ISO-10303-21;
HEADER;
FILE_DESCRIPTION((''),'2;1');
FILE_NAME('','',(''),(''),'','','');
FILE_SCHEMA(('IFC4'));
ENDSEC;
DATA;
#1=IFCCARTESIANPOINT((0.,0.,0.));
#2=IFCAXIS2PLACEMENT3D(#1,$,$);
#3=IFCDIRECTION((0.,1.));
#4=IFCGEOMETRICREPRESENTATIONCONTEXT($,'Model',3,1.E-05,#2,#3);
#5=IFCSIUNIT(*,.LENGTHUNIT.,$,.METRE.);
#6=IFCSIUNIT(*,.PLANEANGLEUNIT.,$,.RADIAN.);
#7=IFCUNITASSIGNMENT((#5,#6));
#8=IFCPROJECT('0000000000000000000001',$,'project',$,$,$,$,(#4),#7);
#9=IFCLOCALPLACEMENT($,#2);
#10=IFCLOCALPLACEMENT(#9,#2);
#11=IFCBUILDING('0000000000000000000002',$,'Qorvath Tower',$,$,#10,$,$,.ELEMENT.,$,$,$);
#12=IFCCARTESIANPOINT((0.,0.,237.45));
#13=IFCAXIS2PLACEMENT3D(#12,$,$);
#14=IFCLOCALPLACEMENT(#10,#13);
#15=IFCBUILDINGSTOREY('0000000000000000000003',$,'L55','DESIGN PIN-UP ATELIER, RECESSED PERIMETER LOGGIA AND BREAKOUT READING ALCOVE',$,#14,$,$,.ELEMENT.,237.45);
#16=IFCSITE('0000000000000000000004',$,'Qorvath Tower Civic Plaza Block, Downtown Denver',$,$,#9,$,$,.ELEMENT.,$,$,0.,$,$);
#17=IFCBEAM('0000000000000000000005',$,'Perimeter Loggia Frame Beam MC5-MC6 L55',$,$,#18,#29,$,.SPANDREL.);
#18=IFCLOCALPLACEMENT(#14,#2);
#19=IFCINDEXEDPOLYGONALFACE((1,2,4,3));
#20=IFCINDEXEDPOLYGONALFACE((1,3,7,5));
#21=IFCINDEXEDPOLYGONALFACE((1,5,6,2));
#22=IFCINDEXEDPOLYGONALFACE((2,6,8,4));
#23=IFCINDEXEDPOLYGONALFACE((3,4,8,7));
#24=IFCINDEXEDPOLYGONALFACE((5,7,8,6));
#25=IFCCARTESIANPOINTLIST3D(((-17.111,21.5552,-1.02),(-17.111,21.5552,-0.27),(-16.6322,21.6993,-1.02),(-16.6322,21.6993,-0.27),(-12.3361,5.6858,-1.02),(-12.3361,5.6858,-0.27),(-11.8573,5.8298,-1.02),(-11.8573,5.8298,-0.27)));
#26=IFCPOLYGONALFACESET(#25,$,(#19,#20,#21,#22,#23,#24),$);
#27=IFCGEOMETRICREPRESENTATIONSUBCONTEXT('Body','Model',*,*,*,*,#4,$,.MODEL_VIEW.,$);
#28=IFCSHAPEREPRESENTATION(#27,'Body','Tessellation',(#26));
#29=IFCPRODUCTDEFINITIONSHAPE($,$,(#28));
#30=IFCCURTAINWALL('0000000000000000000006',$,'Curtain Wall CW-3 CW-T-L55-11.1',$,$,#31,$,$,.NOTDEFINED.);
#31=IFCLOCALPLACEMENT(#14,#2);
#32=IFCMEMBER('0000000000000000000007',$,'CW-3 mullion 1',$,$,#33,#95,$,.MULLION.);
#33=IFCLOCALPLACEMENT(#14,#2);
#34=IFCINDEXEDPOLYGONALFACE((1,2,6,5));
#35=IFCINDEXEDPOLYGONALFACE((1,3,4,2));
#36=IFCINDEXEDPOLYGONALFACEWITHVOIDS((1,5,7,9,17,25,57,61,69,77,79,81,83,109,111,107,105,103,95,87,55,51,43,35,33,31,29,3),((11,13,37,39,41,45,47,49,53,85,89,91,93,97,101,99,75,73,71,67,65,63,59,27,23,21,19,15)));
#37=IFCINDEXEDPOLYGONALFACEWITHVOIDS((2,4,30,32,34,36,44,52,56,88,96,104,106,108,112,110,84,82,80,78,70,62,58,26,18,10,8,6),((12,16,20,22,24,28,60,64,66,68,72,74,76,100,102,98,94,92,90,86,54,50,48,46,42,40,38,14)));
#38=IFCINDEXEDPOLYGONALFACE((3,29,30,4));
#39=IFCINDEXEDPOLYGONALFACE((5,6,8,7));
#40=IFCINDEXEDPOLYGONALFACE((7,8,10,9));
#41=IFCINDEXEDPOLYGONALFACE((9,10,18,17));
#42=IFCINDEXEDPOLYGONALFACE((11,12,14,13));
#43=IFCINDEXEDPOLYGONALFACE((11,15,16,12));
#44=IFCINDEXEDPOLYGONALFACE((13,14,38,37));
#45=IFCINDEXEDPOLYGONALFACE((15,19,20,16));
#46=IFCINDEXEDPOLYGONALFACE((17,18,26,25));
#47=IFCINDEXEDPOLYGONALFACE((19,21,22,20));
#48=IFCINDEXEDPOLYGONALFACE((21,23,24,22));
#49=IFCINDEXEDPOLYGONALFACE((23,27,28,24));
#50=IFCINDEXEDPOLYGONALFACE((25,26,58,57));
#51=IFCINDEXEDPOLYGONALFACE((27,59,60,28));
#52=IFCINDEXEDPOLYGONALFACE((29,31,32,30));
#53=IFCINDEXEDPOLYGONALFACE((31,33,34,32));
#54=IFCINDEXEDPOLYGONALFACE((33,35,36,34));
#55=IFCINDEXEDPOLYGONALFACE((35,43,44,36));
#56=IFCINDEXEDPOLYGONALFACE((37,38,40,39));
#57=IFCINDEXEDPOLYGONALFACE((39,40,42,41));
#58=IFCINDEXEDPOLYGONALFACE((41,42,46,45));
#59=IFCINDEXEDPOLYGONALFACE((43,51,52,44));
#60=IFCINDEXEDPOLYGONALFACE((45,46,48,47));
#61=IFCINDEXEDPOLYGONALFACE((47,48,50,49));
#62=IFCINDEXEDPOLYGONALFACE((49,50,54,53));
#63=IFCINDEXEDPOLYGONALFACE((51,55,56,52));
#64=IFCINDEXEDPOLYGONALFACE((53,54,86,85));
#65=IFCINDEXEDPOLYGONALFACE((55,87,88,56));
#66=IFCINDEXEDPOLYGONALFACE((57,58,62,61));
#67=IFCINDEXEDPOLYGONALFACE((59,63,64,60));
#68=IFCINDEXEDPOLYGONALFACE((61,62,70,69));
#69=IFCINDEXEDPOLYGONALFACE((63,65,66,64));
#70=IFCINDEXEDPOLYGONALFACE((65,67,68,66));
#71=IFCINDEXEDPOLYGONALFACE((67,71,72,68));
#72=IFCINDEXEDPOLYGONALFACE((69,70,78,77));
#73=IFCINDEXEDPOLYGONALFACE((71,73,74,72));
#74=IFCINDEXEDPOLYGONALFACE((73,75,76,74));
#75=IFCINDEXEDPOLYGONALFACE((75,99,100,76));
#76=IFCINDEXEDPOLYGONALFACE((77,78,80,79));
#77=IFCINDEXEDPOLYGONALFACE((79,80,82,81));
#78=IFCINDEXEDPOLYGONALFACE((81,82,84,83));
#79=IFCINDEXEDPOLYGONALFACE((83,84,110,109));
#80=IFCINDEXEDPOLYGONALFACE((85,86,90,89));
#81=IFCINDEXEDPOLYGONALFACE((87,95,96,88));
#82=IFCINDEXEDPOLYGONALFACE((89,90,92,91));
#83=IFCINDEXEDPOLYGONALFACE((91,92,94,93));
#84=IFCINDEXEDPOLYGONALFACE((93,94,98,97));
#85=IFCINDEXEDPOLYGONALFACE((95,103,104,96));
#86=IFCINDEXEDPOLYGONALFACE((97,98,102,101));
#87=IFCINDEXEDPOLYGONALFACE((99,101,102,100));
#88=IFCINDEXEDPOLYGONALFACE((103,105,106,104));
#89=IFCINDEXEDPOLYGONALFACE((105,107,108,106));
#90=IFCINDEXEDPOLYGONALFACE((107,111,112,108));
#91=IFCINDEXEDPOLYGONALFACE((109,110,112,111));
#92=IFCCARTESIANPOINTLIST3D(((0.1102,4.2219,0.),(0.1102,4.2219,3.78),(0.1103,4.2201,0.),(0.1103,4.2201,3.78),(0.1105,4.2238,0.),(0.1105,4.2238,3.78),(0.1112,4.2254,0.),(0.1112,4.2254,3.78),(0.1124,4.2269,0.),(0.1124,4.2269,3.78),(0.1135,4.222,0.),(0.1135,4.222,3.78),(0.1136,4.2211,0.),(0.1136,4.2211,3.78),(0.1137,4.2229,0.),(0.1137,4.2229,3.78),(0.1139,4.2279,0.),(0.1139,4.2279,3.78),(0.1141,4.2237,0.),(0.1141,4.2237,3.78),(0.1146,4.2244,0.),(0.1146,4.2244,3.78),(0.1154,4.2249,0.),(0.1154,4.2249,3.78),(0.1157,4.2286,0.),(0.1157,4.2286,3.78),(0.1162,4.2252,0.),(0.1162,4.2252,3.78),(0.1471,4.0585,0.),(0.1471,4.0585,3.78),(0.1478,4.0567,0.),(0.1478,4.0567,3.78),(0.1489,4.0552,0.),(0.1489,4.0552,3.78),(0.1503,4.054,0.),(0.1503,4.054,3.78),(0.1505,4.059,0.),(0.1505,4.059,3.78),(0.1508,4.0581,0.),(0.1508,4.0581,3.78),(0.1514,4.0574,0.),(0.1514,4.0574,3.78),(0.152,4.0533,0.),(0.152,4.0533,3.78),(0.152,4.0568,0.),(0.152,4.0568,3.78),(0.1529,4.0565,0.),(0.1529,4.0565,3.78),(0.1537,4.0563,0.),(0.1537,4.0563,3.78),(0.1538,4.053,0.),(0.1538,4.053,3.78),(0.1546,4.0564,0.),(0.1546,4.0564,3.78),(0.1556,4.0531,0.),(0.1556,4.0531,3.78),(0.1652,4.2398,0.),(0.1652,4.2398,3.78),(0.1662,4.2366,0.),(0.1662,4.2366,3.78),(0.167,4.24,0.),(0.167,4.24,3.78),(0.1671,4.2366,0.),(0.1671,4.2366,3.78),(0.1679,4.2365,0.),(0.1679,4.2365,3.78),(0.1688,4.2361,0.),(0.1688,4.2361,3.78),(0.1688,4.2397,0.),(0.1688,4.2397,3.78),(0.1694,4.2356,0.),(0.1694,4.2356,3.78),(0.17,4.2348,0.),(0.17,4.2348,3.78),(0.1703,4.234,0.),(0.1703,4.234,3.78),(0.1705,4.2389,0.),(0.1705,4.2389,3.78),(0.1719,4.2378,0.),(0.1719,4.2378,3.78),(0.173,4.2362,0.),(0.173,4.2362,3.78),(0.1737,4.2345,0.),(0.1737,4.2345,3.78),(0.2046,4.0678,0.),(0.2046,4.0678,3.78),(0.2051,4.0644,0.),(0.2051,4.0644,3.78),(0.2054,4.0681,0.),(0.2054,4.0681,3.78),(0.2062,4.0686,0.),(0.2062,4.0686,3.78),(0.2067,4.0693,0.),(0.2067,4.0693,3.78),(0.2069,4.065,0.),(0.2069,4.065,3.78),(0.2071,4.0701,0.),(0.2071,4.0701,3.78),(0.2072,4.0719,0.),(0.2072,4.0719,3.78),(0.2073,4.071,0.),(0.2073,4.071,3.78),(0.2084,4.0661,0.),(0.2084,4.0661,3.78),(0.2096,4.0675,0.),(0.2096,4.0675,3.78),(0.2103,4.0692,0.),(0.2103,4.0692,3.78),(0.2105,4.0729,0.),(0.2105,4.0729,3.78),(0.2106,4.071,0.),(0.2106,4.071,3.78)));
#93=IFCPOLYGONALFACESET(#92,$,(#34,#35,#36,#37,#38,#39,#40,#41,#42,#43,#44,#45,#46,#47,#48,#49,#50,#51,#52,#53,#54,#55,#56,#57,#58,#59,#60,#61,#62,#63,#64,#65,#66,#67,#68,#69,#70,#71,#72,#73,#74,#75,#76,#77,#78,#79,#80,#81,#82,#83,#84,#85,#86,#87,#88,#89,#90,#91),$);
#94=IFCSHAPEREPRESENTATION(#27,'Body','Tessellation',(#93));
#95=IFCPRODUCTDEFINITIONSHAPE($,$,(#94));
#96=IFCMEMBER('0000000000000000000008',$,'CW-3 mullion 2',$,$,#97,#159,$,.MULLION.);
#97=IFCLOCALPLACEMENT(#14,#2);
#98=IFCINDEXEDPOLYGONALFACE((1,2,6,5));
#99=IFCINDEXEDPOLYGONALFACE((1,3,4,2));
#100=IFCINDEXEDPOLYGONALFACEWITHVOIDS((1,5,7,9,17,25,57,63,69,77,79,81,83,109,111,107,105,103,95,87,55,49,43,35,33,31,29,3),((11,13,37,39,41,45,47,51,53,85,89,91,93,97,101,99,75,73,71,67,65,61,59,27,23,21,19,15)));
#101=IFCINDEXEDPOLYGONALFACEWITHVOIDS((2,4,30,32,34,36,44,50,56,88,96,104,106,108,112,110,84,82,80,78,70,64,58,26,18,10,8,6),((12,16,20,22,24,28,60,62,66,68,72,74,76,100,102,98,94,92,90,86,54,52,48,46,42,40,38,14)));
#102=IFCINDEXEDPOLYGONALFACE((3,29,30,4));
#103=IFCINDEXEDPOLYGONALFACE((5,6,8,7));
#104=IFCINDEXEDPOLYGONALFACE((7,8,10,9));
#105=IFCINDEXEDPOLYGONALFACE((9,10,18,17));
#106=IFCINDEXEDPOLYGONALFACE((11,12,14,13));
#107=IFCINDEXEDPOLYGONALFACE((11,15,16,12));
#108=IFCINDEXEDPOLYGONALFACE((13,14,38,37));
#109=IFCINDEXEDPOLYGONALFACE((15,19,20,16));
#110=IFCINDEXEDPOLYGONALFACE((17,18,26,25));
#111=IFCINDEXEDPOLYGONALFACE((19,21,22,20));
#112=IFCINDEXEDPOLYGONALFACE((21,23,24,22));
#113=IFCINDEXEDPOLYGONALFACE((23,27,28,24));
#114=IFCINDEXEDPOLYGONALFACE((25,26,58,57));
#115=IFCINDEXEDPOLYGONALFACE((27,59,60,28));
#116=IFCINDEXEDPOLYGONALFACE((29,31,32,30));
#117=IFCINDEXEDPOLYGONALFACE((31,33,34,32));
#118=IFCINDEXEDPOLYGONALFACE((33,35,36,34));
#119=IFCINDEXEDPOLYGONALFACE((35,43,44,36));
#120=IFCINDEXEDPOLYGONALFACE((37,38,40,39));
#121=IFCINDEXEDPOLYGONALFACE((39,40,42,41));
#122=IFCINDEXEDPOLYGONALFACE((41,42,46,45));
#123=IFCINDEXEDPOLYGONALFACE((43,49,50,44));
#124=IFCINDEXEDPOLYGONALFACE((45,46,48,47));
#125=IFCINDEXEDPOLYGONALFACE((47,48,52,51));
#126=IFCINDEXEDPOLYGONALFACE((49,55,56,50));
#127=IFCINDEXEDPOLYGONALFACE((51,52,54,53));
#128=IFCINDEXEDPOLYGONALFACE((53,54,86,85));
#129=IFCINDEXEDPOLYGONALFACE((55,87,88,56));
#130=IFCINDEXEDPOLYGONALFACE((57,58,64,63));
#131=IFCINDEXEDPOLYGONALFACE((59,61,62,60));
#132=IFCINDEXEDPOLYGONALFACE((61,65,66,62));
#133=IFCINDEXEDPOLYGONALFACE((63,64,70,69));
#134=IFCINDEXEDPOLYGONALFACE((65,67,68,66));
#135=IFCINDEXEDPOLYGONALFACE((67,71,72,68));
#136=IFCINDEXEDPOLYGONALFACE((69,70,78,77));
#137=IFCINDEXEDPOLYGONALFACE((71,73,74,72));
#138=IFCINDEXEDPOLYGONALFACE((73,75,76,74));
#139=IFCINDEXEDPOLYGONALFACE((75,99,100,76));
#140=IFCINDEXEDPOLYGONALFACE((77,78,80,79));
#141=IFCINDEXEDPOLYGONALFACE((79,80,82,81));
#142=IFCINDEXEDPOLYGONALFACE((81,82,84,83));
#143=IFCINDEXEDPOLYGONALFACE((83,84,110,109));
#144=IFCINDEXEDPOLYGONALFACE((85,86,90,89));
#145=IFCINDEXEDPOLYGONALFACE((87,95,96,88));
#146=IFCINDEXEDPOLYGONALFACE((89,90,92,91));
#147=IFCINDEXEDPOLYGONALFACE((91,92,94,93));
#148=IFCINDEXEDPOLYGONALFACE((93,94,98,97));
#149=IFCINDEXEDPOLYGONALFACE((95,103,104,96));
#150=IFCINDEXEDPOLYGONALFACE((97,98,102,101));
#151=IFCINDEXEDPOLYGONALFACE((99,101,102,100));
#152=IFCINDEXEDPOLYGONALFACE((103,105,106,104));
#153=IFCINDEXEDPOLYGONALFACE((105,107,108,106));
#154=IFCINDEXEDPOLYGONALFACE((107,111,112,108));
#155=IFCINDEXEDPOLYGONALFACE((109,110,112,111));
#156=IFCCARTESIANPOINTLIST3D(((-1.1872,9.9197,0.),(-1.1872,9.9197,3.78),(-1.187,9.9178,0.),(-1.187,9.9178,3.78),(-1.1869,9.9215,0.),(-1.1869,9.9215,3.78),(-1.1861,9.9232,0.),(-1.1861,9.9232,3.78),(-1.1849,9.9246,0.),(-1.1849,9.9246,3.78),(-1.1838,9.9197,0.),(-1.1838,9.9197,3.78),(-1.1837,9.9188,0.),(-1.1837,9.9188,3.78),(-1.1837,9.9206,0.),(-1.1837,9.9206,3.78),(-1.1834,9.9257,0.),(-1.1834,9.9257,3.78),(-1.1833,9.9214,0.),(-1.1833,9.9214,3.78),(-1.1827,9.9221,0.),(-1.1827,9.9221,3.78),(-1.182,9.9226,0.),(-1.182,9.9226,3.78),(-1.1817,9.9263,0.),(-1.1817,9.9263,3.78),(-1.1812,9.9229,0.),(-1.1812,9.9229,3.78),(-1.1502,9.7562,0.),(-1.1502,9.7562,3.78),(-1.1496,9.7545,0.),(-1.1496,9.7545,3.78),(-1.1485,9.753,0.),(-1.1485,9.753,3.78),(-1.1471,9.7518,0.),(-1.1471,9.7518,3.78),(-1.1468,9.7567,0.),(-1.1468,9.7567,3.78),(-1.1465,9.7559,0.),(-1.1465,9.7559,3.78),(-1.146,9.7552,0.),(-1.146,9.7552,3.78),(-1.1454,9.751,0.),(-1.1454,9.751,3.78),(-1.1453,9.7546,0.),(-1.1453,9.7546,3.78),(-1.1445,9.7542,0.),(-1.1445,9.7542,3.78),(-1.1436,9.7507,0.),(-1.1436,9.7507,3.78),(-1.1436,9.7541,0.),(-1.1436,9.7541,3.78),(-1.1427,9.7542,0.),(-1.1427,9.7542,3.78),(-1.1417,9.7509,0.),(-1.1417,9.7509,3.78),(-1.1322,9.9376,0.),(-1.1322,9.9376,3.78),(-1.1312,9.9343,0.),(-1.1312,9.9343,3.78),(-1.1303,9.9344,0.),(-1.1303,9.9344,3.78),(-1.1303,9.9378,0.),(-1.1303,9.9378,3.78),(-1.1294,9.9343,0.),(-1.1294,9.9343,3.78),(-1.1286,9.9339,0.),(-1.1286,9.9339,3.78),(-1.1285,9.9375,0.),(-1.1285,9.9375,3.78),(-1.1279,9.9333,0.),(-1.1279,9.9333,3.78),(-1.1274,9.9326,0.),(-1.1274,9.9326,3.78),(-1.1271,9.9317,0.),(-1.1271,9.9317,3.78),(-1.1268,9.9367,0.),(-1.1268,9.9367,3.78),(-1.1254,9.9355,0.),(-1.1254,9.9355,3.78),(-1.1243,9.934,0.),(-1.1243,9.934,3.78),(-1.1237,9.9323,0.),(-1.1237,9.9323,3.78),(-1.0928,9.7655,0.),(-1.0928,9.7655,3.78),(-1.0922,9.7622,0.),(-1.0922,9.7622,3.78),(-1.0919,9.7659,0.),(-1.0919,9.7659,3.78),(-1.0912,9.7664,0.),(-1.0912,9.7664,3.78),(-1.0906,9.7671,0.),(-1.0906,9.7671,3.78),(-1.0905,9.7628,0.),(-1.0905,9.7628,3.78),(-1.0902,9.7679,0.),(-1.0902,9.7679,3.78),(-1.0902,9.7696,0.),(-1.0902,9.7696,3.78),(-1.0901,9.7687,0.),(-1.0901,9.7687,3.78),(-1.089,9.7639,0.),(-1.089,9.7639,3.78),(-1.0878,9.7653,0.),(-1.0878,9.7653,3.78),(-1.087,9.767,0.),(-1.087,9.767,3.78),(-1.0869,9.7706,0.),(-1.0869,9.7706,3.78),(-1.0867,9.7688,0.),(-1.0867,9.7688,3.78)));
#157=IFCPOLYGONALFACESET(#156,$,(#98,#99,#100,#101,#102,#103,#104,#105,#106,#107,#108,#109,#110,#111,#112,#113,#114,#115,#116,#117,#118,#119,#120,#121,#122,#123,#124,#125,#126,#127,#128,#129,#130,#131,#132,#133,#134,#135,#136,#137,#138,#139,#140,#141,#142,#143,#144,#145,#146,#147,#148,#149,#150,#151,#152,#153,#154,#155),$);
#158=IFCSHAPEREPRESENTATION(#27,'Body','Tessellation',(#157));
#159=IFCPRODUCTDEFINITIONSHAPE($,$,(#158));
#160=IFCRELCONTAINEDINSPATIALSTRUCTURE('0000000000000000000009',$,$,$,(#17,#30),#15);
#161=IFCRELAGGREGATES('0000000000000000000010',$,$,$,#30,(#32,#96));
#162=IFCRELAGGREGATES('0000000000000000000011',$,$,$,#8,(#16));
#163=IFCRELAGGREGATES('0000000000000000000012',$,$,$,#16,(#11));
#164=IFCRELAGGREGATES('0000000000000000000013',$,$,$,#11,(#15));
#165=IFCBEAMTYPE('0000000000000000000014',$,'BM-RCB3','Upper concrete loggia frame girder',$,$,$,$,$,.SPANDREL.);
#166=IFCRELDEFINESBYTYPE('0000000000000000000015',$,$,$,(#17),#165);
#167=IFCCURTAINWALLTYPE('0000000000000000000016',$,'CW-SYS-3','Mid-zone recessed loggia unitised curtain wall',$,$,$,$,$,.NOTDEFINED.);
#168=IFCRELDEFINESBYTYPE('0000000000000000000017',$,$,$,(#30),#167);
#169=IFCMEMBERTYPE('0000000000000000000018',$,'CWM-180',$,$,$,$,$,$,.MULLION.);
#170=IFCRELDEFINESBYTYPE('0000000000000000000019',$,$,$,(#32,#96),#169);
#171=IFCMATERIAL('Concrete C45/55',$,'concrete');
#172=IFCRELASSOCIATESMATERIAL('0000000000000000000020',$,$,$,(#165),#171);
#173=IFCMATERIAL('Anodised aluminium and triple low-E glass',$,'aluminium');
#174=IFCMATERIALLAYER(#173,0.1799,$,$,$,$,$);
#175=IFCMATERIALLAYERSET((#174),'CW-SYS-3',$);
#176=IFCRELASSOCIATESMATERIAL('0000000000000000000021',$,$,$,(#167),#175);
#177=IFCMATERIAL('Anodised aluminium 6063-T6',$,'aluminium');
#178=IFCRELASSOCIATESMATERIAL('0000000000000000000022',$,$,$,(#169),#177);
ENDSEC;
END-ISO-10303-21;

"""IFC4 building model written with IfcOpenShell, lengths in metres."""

from ifc_helpers import new_model, si_unit, direction, frame, origin, origin_2d, place, context, subcontext, project, spatial, rectangle, hollow_rectangle, extrude, material, layer, layer_set, material_profile, profile_set, type_object, element, aggregate, save


model = new_model("IFC4")

# Units and contexts
model_context = context("Model", 3, precision=1e-05, world=origin(), true_north=direction((0.0, 1.0)))
body_context = subcontext(model_context, "Body", "Model", "MODEL_VIEW")
ifc_project = project(units=[si_unit("LENGTHUNIT", "METRE"), si_unit("PLANEANGLEUNIT", "RADIAN")], contexts=[model_context])

# Site, building, storey
site_placement = place(None, origin())
site = spatial("IfcSite", under=ifc_project, at=site_placement, Name="Qorvath Tower Civic Plaza Block, Downtown Denver", CompositionType="ELEMENT", RefElevation=0.0)
building_placement = place(site_placement, origin())
building = spatial("IfcBuilding", under=site, at=building_placement, Name="Qorvath Tower", CompositionType="ELEMENT")
storey_placement = place(building_placement, frame((0.0, 0.0, 237.45)))
storey = spatial("IfcBuildingStorey", under=building, at=storey_placement, Name="L55", Description="DESIGN PIN-UP ATELIER, RECESSED PERIMETER LOGGIA AND BREAKOUT READING ALCOVE", CompositionType="ELEMENT", Elevation=237.45)

# Beam
ifc_material_1 = material(Name="Concrete C45/55", Category="concrete")
ifc_material_profile_1 = material_profile(ifc_material_1, rectangle(XDim=0.5, YDim=0.75, at=origin_2d()), Name="RCB 750x500")
ifc_profile_set_1 = profile_set([ifc_material_profile_1], Name="Concrete C45/55")
beam_type_1 = type_object("IfcBeamType", Name="BM-RCB3", Description="Upper concrete loggia frame girder", PredefinedType="SPANDREL", material=ifc_profile_set_1)
beam_1_placement = place(storey_placement, frame((-12.0967, 5.7578, -0.645), z_axis=(-0.288128, 0.957592, 0.0), x_axis=(-0.957592, -0.288128, 0.0)))
element("IfcBeam", 1, at=beam_1_placement, inside=storey, type_object=beam_type_1, Name="Perimeter Loggia Frame Beam MC5-MC6 L55", PredefinedType="SPANDREL", context=body_context, shape_type="SweptSolid", body=[
    extrude(rectangle(XDim=0.5, YDim=0.75, at=origin_2d()), origin(), (0.0, 0.0, 1.0), 16.5723),
])

# Curtain wall, members
ifc_material_2 = material(Name="Anodised aluminium and triple low-E glass", Category="aluminium")
ifc_layer_1 = layer(ifc_material_2, 0.1799)
ifc_layer_set_1 = layer_set([ifc_layer_1], Name="CW-SYS-3")
curtain_wall_type = type_object("IfcCurtainWallType", Name="CW-SYS-3", Description="Mid-zone recessed loggia unitised curtain wall", PredefinedType="NOTDEFINED", material=ifc_layer_set_1)
curtain_wall_1_placement = place(storey_placement, origin())
curtain_wall_1 = element("IfcCurtainWall", 2, at=curtain_wall_1_placement, inside=storey, type_object=curtain_wall_type, Name="Curtain Wall CW-3 CW-T-L55-11.1", PredefinedType="NOTDEFINED")
ifc_material_3 = material(Name="Anodised aluminium 6063-T6", Category="aluminium")
ifc_material_profile_2 = material_profile(ifc_material_3, hollow_rectangle(XDim=0.0649, YDim=0.1799, WallThickness=0.0034, InnerFilletRadius=0.0034, OuterFilletRadius=0.0071, at=origin_2d()), Name="CWM 180x65")
ifc_profile_set_2 = profile_set([ifc_material_profile_2], Name="Anodised aluminium 6063-T6")
member_type_1 = type_object("IfcMemberType", Name="CWM-180", PredefinedType="MULLION", material=ifc_profile_set_2)
member_1_placement = place(storey_placement, frame((0.1604, 4.1465, 0.0), z_axis=(0.0, 0.0, 1.0), x_axis=(-0.975037, -0.222042, 0.0)))
member_1 = element("IfcMember", 3, at=member_1_placement, type_object=member_type_1, Name="CW-3 mullion 1", PredefinedType="MULLION", context=body_context, shape_type="SweptSolid", body=[
    extrude(hollow_rectangle(XDim=0.0649, YDim=0.1799, WallThickness=0.0034, InnerFilletRadius=0.0034, OuterFilletRadius=0.0071, at=origin_2d()), origin(), (0.0, 0.0, 1.0), 3.78),
])
member_2_placement = place(storey_placement, frame((-1.137, 9.8442, 0.0), z_axis=(0.0, 0.0, 1.0), x_axis=(-0.975037, -0.222042, 0.0)))
member_2 = element("IfcMember", 4, at=member_2_placement, type_object=member_type_1, Name="CW-3 mullion 2", PredefinedType="MULLION", context=body_context, shape_type="SweptSolid", body=[
    extrude(hollow_rectangle(XDim=0.0649, YDim=0.1799, WallThickness=0.0034, InnerFilletRadius=0.0034, OuterFilletRadius=0.0071, at=origin_2d()), origin(), (0.0, 0.0, 1.0), 3.78),
])

aggregate(curtain_wall_1, [member_1, member_2])

save(model, "model.ifc")
